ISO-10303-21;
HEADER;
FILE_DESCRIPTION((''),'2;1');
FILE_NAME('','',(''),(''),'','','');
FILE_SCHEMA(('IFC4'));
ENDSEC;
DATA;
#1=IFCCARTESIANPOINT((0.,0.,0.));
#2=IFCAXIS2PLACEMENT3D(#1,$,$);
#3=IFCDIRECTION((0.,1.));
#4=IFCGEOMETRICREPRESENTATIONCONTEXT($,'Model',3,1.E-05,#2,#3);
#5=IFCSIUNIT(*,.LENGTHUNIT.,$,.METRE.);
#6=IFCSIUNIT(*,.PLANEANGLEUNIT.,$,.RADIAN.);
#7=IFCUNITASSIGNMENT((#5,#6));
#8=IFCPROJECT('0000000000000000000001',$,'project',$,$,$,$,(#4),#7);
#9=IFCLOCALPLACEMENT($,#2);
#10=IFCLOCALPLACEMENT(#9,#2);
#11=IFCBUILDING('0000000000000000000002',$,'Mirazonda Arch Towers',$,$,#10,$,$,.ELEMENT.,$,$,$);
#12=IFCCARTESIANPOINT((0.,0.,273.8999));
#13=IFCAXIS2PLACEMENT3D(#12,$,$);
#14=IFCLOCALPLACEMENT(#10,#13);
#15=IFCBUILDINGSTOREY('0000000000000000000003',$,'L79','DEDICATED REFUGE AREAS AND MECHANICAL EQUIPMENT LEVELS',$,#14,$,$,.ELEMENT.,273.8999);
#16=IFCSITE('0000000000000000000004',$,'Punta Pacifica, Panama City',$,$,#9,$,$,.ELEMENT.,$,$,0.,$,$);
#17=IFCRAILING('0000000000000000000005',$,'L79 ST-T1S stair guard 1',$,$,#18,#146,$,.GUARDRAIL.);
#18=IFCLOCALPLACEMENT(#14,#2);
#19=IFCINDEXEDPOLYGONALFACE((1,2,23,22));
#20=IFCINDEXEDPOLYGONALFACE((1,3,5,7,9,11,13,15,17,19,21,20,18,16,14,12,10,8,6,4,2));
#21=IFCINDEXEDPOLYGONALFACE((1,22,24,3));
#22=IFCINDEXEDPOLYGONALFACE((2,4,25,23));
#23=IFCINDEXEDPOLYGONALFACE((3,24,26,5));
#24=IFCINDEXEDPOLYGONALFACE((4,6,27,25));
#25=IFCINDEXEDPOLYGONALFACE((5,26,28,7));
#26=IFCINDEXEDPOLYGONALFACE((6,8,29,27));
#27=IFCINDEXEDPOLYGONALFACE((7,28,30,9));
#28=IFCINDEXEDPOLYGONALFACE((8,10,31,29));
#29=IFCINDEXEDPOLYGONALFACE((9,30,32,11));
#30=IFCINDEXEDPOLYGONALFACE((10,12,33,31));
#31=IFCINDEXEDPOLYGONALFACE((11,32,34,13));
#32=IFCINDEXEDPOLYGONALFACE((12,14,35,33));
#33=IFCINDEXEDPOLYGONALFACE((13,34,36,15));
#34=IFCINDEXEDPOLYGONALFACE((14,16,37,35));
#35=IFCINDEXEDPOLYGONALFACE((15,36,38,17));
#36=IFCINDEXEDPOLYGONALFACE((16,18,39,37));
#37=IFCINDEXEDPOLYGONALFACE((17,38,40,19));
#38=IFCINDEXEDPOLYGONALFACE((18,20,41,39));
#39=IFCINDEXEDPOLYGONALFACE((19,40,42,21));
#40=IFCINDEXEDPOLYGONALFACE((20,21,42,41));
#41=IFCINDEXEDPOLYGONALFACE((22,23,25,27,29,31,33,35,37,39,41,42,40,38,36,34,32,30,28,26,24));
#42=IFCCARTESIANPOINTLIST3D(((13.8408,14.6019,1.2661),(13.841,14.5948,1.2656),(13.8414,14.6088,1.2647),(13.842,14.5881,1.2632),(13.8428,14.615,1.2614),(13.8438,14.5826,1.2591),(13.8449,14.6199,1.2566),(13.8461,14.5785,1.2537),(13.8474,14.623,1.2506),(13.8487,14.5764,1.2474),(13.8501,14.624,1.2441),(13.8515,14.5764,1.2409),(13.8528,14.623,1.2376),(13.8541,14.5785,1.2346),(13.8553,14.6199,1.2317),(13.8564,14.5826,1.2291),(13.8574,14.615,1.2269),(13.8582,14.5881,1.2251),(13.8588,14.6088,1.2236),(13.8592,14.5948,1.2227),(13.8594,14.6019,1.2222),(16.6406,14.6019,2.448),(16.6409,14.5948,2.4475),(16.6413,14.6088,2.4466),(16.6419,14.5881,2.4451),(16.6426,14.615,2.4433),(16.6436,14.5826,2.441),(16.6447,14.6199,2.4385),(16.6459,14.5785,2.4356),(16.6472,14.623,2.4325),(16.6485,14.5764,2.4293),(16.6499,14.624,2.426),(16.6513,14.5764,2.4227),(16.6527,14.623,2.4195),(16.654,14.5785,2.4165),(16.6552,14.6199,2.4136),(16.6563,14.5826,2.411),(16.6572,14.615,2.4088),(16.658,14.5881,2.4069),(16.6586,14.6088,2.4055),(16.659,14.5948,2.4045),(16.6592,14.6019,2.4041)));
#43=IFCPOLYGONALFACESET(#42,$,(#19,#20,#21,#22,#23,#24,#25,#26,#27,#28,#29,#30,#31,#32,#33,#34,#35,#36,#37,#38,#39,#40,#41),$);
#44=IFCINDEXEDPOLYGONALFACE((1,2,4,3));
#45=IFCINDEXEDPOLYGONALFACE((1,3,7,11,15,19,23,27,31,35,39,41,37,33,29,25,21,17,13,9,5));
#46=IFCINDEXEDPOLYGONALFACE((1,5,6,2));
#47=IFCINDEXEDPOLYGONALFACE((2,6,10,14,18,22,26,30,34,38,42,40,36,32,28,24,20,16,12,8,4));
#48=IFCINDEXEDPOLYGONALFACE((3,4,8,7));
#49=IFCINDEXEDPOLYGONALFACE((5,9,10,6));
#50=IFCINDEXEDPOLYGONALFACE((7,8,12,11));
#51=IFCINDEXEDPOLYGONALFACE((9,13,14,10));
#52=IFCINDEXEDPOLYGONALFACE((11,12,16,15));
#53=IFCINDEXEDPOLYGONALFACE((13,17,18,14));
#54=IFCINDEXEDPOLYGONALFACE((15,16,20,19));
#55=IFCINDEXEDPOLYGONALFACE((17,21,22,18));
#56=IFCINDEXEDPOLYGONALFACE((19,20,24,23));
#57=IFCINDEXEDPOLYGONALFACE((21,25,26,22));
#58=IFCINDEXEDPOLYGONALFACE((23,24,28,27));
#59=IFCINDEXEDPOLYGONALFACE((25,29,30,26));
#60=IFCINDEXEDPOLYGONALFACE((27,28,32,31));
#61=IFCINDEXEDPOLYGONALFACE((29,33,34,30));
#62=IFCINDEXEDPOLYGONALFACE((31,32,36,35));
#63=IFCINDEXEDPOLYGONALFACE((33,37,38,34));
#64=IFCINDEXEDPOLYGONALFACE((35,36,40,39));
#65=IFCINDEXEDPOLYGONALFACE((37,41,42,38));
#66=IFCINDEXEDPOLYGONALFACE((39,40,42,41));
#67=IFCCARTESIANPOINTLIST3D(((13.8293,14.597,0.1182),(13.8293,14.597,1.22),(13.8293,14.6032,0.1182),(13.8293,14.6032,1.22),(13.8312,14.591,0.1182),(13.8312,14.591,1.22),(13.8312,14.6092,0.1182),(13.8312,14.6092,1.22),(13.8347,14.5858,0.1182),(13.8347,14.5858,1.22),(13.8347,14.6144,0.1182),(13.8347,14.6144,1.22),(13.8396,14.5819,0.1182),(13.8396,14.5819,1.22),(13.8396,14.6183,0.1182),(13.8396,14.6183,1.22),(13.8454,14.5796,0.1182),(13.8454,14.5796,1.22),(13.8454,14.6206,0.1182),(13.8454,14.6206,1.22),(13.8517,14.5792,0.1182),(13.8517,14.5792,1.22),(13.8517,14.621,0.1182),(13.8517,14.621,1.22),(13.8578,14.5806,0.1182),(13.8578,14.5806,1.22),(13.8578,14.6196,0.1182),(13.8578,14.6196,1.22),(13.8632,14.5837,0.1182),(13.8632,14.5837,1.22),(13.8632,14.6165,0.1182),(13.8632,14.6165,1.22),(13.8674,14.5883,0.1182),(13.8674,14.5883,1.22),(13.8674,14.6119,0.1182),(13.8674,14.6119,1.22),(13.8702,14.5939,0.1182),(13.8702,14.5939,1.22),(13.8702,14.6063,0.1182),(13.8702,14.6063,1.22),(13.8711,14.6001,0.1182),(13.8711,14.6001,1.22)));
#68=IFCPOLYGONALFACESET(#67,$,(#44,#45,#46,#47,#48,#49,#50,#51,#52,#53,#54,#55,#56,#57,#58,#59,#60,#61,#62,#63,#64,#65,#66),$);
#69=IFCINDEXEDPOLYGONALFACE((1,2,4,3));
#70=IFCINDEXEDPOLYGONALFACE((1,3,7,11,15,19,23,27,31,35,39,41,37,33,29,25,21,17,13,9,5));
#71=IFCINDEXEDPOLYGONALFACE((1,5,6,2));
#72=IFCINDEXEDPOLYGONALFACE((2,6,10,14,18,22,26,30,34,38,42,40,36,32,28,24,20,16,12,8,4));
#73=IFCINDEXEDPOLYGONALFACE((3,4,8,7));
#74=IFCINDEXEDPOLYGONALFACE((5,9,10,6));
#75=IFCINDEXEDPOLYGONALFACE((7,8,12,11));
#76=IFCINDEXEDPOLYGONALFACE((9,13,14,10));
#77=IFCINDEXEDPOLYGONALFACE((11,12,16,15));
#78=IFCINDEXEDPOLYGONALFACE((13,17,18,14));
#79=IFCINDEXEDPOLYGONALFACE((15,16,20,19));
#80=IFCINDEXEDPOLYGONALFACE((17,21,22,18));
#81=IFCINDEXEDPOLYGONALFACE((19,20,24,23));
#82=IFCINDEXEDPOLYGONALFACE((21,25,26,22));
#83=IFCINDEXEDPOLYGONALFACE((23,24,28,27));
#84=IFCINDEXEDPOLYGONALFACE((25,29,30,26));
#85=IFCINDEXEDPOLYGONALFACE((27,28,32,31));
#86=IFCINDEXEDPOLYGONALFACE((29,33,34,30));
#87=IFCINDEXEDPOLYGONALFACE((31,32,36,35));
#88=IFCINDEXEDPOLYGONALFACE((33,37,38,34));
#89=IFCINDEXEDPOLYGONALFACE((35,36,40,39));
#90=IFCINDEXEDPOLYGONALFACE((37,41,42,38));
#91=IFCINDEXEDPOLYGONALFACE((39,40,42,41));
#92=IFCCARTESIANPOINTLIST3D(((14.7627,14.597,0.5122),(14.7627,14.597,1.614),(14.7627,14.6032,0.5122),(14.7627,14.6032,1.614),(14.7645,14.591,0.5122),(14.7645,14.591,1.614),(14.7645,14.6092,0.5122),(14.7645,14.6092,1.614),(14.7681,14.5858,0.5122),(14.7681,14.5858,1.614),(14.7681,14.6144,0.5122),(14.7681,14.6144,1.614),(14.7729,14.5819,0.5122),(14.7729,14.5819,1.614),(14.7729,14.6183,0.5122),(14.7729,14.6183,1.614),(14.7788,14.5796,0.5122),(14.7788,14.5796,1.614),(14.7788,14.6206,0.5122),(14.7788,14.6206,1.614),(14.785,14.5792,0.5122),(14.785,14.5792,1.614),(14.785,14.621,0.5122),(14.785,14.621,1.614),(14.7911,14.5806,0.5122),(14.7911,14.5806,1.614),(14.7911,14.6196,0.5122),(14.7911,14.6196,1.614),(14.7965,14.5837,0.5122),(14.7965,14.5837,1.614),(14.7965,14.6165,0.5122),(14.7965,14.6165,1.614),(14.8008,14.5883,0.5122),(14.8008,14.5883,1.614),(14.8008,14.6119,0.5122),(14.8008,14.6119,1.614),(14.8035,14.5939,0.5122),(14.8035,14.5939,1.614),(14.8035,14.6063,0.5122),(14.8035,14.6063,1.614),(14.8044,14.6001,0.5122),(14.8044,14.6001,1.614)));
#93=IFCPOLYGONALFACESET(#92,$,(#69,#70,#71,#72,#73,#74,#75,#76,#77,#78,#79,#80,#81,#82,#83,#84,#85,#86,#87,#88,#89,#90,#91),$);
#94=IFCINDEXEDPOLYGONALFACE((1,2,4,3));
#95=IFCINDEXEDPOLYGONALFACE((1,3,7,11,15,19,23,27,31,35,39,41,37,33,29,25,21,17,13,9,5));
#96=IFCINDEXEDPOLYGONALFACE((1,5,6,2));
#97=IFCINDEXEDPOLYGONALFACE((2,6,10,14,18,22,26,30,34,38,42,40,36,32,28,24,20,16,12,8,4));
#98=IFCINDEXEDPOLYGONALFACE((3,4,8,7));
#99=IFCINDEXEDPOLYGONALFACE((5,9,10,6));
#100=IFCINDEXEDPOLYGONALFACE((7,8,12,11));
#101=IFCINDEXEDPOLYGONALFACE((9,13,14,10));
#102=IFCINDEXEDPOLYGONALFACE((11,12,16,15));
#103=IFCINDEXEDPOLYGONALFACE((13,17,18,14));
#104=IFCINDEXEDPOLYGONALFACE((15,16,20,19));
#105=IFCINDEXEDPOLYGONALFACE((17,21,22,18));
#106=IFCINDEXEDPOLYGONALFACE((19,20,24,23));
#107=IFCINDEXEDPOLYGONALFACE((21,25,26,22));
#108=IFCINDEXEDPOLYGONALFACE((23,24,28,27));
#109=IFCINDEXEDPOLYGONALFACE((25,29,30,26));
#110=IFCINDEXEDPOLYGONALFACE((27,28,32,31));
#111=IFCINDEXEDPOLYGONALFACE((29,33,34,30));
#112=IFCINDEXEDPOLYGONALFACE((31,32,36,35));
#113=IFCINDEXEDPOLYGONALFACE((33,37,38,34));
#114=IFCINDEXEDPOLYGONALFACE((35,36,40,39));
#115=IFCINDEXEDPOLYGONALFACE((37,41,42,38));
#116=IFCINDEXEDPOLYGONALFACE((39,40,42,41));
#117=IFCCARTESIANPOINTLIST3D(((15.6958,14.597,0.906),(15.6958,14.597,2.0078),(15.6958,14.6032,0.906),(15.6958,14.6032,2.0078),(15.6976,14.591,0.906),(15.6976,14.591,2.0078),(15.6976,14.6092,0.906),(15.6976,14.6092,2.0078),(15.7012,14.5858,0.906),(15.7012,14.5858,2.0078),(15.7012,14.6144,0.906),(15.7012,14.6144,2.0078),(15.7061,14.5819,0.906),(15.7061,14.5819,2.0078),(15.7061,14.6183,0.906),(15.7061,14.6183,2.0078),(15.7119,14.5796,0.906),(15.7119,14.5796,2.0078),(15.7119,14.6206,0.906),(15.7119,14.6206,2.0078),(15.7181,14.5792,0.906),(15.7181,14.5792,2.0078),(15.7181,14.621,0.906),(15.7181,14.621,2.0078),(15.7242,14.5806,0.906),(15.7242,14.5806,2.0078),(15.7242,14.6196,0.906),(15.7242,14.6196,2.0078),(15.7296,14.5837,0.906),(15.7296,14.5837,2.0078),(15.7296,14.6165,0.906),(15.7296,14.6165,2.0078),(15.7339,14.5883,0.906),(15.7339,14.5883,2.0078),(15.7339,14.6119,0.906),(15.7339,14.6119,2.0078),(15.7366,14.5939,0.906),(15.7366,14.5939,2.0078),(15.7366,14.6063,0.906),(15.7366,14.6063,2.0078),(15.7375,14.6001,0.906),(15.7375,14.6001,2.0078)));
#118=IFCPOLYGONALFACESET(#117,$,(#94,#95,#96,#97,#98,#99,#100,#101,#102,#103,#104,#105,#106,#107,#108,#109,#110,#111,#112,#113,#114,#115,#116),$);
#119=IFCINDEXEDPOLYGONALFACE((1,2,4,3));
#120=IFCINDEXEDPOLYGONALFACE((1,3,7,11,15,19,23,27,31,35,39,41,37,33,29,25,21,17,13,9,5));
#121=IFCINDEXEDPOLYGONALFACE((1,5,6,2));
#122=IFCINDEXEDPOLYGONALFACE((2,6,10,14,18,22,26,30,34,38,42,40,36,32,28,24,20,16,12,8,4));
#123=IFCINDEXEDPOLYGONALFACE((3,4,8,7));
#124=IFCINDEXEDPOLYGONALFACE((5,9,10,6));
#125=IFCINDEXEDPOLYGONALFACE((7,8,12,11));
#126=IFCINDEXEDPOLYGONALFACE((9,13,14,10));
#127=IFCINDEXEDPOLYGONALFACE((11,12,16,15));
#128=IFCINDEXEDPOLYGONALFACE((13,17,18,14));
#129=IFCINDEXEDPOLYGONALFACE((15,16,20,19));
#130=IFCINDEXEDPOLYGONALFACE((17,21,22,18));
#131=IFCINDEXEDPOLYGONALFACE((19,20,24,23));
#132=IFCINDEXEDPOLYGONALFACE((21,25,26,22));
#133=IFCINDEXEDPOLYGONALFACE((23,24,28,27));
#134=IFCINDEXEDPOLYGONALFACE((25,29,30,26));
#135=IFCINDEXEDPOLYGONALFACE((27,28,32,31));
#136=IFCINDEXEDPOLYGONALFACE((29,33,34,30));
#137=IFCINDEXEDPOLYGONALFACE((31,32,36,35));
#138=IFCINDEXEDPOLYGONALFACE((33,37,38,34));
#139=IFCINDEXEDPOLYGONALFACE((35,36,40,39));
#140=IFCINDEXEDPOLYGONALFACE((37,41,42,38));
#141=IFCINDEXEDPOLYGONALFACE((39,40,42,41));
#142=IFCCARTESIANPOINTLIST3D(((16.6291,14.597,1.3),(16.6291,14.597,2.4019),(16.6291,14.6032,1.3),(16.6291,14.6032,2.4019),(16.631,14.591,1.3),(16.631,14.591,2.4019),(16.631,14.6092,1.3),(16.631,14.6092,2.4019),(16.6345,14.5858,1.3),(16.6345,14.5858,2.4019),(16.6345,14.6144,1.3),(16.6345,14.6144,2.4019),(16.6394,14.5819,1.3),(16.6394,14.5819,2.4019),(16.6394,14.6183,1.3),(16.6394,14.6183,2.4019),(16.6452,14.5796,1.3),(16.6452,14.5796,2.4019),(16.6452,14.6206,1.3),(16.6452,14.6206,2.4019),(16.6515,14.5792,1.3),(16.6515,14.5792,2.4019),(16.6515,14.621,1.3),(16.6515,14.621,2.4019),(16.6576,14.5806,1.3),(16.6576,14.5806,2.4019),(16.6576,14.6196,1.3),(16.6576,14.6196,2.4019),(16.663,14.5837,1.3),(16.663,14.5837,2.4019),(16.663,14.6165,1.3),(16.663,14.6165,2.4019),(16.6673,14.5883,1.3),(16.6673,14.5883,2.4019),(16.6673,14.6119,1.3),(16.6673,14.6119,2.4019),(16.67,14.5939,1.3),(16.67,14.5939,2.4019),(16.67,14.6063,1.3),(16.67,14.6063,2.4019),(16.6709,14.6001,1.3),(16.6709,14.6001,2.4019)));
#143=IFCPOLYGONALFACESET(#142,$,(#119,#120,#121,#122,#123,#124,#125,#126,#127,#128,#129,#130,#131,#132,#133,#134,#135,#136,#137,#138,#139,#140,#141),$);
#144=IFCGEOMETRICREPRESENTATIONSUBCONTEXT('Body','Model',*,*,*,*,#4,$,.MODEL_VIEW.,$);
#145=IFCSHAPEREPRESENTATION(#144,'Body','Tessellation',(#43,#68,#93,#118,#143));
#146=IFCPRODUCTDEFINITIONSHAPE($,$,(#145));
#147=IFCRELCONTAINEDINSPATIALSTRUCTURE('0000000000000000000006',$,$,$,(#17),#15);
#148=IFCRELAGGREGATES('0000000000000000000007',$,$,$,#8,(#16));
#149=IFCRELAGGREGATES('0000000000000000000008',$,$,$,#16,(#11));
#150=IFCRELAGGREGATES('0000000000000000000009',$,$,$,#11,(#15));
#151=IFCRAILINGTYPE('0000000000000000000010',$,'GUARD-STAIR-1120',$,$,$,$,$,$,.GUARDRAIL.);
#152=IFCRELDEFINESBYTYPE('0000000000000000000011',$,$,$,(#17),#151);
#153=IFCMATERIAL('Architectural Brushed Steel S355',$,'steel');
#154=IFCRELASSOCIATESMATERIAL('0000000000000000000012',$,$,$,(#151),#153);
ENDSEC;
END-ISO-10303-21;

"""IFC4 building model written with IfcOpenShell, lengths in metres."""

from ifc_helpers import new_model, si_unit, direction, frame, origin, origin_2d, place, context, subcontext, project, spatial, circle, extrude, material, type_object, element, save


model = new_model("IFC4")

# Units and contexts
model_context = context("Model", 3, precision=1e-05, world=origin(), true_north=direction((0.0, 1.0)))
body_context = subcontext(model_context, "Body", "Model", "MODEL_VIEW")
ifc_project = project(units=[si_unit("LENGTHUNIT", "METRE"), si_unit("PLANEANGLEUNIT", "RADIAN")], contexts=[model_context])

# Site, building, storey
site_placement = place(None, origin())
site = spatial("IfcSite", under=ifc_project, at=site_placement, Name="Punta Pacifica, Panama City", CompositionType="ELEMENT", RefElevation=0.0)
building_placement = place(site_placement, origin())
building = spatial("IfcBuilding", under=site, at=building_placement, Name="Mirazonda Arch Towers", CompositionType="ELEMENT")
storey_placement = place(building_placement, frame((0.0, 0.0, 273.8999)))
storey = spatial("IfcBuildingStorey", under=building, at=storey_placement, Name="L79", Description="DEDICATED REFUGE AREAS AND MECHANICAL EQUIPMENT LEVELS", CompositionType="ELEMENT", Elevation=273.8999)

# Shared definitions
ifc_material_1 = material(Name="Architectural Brushed Steel S355", Category="steel")

# Railing
railing_type_1 = type_object("IfcRailingType", Name="GUARD-STAIR-1120", PredefinedType="GUARDRAIL", material=ifc_material_1)
railing_1_placement = place(storey_placement, frame((13.8501, 14.6001, 0.1182)))
element("IfcRailing", 1, at=railing_1_placement, inside=storey, type_object=railing_type_1, Name="L79 ST-T1S stair guard 1", PredefinedType="GUARDRAIL", context=body_context, shape_type="SweptSolid", body=[
    extrude(circle(Radius=0.0239, at=origin_2d()), frame((0.0, 0.0, 1.126), z_axis=(0.92128, 0.0, 0.388901), x_axis=(0.0, 1.0, 0.0)), (0.0, 0.0, 1.0), 3.0391),
    extrude(circle(Radius=0.021, at=origin_2d()), origin(), (0.0, 0.0, 1.0), 1.1018),
    extrude(circle(Radius=0.021, at=origin_2d()), frame((0.9333, 0.0, 0.394)), (0.0, 0.0, 1.0), 1.1018),
    extrude(circle(Radius=0.021, at=origin_2d()), frame((1.8665, 0.0, 0.7878)), (0.0, 0.0, 1.0), 1.1018),
    extrude(circle(Radius=0.021, at=origin_2d()), frame((2.7998, 0.0, 1.1819)), (0.0, 0.0, 1.0), 1.1018),
])

save(model, "model.ifc")
